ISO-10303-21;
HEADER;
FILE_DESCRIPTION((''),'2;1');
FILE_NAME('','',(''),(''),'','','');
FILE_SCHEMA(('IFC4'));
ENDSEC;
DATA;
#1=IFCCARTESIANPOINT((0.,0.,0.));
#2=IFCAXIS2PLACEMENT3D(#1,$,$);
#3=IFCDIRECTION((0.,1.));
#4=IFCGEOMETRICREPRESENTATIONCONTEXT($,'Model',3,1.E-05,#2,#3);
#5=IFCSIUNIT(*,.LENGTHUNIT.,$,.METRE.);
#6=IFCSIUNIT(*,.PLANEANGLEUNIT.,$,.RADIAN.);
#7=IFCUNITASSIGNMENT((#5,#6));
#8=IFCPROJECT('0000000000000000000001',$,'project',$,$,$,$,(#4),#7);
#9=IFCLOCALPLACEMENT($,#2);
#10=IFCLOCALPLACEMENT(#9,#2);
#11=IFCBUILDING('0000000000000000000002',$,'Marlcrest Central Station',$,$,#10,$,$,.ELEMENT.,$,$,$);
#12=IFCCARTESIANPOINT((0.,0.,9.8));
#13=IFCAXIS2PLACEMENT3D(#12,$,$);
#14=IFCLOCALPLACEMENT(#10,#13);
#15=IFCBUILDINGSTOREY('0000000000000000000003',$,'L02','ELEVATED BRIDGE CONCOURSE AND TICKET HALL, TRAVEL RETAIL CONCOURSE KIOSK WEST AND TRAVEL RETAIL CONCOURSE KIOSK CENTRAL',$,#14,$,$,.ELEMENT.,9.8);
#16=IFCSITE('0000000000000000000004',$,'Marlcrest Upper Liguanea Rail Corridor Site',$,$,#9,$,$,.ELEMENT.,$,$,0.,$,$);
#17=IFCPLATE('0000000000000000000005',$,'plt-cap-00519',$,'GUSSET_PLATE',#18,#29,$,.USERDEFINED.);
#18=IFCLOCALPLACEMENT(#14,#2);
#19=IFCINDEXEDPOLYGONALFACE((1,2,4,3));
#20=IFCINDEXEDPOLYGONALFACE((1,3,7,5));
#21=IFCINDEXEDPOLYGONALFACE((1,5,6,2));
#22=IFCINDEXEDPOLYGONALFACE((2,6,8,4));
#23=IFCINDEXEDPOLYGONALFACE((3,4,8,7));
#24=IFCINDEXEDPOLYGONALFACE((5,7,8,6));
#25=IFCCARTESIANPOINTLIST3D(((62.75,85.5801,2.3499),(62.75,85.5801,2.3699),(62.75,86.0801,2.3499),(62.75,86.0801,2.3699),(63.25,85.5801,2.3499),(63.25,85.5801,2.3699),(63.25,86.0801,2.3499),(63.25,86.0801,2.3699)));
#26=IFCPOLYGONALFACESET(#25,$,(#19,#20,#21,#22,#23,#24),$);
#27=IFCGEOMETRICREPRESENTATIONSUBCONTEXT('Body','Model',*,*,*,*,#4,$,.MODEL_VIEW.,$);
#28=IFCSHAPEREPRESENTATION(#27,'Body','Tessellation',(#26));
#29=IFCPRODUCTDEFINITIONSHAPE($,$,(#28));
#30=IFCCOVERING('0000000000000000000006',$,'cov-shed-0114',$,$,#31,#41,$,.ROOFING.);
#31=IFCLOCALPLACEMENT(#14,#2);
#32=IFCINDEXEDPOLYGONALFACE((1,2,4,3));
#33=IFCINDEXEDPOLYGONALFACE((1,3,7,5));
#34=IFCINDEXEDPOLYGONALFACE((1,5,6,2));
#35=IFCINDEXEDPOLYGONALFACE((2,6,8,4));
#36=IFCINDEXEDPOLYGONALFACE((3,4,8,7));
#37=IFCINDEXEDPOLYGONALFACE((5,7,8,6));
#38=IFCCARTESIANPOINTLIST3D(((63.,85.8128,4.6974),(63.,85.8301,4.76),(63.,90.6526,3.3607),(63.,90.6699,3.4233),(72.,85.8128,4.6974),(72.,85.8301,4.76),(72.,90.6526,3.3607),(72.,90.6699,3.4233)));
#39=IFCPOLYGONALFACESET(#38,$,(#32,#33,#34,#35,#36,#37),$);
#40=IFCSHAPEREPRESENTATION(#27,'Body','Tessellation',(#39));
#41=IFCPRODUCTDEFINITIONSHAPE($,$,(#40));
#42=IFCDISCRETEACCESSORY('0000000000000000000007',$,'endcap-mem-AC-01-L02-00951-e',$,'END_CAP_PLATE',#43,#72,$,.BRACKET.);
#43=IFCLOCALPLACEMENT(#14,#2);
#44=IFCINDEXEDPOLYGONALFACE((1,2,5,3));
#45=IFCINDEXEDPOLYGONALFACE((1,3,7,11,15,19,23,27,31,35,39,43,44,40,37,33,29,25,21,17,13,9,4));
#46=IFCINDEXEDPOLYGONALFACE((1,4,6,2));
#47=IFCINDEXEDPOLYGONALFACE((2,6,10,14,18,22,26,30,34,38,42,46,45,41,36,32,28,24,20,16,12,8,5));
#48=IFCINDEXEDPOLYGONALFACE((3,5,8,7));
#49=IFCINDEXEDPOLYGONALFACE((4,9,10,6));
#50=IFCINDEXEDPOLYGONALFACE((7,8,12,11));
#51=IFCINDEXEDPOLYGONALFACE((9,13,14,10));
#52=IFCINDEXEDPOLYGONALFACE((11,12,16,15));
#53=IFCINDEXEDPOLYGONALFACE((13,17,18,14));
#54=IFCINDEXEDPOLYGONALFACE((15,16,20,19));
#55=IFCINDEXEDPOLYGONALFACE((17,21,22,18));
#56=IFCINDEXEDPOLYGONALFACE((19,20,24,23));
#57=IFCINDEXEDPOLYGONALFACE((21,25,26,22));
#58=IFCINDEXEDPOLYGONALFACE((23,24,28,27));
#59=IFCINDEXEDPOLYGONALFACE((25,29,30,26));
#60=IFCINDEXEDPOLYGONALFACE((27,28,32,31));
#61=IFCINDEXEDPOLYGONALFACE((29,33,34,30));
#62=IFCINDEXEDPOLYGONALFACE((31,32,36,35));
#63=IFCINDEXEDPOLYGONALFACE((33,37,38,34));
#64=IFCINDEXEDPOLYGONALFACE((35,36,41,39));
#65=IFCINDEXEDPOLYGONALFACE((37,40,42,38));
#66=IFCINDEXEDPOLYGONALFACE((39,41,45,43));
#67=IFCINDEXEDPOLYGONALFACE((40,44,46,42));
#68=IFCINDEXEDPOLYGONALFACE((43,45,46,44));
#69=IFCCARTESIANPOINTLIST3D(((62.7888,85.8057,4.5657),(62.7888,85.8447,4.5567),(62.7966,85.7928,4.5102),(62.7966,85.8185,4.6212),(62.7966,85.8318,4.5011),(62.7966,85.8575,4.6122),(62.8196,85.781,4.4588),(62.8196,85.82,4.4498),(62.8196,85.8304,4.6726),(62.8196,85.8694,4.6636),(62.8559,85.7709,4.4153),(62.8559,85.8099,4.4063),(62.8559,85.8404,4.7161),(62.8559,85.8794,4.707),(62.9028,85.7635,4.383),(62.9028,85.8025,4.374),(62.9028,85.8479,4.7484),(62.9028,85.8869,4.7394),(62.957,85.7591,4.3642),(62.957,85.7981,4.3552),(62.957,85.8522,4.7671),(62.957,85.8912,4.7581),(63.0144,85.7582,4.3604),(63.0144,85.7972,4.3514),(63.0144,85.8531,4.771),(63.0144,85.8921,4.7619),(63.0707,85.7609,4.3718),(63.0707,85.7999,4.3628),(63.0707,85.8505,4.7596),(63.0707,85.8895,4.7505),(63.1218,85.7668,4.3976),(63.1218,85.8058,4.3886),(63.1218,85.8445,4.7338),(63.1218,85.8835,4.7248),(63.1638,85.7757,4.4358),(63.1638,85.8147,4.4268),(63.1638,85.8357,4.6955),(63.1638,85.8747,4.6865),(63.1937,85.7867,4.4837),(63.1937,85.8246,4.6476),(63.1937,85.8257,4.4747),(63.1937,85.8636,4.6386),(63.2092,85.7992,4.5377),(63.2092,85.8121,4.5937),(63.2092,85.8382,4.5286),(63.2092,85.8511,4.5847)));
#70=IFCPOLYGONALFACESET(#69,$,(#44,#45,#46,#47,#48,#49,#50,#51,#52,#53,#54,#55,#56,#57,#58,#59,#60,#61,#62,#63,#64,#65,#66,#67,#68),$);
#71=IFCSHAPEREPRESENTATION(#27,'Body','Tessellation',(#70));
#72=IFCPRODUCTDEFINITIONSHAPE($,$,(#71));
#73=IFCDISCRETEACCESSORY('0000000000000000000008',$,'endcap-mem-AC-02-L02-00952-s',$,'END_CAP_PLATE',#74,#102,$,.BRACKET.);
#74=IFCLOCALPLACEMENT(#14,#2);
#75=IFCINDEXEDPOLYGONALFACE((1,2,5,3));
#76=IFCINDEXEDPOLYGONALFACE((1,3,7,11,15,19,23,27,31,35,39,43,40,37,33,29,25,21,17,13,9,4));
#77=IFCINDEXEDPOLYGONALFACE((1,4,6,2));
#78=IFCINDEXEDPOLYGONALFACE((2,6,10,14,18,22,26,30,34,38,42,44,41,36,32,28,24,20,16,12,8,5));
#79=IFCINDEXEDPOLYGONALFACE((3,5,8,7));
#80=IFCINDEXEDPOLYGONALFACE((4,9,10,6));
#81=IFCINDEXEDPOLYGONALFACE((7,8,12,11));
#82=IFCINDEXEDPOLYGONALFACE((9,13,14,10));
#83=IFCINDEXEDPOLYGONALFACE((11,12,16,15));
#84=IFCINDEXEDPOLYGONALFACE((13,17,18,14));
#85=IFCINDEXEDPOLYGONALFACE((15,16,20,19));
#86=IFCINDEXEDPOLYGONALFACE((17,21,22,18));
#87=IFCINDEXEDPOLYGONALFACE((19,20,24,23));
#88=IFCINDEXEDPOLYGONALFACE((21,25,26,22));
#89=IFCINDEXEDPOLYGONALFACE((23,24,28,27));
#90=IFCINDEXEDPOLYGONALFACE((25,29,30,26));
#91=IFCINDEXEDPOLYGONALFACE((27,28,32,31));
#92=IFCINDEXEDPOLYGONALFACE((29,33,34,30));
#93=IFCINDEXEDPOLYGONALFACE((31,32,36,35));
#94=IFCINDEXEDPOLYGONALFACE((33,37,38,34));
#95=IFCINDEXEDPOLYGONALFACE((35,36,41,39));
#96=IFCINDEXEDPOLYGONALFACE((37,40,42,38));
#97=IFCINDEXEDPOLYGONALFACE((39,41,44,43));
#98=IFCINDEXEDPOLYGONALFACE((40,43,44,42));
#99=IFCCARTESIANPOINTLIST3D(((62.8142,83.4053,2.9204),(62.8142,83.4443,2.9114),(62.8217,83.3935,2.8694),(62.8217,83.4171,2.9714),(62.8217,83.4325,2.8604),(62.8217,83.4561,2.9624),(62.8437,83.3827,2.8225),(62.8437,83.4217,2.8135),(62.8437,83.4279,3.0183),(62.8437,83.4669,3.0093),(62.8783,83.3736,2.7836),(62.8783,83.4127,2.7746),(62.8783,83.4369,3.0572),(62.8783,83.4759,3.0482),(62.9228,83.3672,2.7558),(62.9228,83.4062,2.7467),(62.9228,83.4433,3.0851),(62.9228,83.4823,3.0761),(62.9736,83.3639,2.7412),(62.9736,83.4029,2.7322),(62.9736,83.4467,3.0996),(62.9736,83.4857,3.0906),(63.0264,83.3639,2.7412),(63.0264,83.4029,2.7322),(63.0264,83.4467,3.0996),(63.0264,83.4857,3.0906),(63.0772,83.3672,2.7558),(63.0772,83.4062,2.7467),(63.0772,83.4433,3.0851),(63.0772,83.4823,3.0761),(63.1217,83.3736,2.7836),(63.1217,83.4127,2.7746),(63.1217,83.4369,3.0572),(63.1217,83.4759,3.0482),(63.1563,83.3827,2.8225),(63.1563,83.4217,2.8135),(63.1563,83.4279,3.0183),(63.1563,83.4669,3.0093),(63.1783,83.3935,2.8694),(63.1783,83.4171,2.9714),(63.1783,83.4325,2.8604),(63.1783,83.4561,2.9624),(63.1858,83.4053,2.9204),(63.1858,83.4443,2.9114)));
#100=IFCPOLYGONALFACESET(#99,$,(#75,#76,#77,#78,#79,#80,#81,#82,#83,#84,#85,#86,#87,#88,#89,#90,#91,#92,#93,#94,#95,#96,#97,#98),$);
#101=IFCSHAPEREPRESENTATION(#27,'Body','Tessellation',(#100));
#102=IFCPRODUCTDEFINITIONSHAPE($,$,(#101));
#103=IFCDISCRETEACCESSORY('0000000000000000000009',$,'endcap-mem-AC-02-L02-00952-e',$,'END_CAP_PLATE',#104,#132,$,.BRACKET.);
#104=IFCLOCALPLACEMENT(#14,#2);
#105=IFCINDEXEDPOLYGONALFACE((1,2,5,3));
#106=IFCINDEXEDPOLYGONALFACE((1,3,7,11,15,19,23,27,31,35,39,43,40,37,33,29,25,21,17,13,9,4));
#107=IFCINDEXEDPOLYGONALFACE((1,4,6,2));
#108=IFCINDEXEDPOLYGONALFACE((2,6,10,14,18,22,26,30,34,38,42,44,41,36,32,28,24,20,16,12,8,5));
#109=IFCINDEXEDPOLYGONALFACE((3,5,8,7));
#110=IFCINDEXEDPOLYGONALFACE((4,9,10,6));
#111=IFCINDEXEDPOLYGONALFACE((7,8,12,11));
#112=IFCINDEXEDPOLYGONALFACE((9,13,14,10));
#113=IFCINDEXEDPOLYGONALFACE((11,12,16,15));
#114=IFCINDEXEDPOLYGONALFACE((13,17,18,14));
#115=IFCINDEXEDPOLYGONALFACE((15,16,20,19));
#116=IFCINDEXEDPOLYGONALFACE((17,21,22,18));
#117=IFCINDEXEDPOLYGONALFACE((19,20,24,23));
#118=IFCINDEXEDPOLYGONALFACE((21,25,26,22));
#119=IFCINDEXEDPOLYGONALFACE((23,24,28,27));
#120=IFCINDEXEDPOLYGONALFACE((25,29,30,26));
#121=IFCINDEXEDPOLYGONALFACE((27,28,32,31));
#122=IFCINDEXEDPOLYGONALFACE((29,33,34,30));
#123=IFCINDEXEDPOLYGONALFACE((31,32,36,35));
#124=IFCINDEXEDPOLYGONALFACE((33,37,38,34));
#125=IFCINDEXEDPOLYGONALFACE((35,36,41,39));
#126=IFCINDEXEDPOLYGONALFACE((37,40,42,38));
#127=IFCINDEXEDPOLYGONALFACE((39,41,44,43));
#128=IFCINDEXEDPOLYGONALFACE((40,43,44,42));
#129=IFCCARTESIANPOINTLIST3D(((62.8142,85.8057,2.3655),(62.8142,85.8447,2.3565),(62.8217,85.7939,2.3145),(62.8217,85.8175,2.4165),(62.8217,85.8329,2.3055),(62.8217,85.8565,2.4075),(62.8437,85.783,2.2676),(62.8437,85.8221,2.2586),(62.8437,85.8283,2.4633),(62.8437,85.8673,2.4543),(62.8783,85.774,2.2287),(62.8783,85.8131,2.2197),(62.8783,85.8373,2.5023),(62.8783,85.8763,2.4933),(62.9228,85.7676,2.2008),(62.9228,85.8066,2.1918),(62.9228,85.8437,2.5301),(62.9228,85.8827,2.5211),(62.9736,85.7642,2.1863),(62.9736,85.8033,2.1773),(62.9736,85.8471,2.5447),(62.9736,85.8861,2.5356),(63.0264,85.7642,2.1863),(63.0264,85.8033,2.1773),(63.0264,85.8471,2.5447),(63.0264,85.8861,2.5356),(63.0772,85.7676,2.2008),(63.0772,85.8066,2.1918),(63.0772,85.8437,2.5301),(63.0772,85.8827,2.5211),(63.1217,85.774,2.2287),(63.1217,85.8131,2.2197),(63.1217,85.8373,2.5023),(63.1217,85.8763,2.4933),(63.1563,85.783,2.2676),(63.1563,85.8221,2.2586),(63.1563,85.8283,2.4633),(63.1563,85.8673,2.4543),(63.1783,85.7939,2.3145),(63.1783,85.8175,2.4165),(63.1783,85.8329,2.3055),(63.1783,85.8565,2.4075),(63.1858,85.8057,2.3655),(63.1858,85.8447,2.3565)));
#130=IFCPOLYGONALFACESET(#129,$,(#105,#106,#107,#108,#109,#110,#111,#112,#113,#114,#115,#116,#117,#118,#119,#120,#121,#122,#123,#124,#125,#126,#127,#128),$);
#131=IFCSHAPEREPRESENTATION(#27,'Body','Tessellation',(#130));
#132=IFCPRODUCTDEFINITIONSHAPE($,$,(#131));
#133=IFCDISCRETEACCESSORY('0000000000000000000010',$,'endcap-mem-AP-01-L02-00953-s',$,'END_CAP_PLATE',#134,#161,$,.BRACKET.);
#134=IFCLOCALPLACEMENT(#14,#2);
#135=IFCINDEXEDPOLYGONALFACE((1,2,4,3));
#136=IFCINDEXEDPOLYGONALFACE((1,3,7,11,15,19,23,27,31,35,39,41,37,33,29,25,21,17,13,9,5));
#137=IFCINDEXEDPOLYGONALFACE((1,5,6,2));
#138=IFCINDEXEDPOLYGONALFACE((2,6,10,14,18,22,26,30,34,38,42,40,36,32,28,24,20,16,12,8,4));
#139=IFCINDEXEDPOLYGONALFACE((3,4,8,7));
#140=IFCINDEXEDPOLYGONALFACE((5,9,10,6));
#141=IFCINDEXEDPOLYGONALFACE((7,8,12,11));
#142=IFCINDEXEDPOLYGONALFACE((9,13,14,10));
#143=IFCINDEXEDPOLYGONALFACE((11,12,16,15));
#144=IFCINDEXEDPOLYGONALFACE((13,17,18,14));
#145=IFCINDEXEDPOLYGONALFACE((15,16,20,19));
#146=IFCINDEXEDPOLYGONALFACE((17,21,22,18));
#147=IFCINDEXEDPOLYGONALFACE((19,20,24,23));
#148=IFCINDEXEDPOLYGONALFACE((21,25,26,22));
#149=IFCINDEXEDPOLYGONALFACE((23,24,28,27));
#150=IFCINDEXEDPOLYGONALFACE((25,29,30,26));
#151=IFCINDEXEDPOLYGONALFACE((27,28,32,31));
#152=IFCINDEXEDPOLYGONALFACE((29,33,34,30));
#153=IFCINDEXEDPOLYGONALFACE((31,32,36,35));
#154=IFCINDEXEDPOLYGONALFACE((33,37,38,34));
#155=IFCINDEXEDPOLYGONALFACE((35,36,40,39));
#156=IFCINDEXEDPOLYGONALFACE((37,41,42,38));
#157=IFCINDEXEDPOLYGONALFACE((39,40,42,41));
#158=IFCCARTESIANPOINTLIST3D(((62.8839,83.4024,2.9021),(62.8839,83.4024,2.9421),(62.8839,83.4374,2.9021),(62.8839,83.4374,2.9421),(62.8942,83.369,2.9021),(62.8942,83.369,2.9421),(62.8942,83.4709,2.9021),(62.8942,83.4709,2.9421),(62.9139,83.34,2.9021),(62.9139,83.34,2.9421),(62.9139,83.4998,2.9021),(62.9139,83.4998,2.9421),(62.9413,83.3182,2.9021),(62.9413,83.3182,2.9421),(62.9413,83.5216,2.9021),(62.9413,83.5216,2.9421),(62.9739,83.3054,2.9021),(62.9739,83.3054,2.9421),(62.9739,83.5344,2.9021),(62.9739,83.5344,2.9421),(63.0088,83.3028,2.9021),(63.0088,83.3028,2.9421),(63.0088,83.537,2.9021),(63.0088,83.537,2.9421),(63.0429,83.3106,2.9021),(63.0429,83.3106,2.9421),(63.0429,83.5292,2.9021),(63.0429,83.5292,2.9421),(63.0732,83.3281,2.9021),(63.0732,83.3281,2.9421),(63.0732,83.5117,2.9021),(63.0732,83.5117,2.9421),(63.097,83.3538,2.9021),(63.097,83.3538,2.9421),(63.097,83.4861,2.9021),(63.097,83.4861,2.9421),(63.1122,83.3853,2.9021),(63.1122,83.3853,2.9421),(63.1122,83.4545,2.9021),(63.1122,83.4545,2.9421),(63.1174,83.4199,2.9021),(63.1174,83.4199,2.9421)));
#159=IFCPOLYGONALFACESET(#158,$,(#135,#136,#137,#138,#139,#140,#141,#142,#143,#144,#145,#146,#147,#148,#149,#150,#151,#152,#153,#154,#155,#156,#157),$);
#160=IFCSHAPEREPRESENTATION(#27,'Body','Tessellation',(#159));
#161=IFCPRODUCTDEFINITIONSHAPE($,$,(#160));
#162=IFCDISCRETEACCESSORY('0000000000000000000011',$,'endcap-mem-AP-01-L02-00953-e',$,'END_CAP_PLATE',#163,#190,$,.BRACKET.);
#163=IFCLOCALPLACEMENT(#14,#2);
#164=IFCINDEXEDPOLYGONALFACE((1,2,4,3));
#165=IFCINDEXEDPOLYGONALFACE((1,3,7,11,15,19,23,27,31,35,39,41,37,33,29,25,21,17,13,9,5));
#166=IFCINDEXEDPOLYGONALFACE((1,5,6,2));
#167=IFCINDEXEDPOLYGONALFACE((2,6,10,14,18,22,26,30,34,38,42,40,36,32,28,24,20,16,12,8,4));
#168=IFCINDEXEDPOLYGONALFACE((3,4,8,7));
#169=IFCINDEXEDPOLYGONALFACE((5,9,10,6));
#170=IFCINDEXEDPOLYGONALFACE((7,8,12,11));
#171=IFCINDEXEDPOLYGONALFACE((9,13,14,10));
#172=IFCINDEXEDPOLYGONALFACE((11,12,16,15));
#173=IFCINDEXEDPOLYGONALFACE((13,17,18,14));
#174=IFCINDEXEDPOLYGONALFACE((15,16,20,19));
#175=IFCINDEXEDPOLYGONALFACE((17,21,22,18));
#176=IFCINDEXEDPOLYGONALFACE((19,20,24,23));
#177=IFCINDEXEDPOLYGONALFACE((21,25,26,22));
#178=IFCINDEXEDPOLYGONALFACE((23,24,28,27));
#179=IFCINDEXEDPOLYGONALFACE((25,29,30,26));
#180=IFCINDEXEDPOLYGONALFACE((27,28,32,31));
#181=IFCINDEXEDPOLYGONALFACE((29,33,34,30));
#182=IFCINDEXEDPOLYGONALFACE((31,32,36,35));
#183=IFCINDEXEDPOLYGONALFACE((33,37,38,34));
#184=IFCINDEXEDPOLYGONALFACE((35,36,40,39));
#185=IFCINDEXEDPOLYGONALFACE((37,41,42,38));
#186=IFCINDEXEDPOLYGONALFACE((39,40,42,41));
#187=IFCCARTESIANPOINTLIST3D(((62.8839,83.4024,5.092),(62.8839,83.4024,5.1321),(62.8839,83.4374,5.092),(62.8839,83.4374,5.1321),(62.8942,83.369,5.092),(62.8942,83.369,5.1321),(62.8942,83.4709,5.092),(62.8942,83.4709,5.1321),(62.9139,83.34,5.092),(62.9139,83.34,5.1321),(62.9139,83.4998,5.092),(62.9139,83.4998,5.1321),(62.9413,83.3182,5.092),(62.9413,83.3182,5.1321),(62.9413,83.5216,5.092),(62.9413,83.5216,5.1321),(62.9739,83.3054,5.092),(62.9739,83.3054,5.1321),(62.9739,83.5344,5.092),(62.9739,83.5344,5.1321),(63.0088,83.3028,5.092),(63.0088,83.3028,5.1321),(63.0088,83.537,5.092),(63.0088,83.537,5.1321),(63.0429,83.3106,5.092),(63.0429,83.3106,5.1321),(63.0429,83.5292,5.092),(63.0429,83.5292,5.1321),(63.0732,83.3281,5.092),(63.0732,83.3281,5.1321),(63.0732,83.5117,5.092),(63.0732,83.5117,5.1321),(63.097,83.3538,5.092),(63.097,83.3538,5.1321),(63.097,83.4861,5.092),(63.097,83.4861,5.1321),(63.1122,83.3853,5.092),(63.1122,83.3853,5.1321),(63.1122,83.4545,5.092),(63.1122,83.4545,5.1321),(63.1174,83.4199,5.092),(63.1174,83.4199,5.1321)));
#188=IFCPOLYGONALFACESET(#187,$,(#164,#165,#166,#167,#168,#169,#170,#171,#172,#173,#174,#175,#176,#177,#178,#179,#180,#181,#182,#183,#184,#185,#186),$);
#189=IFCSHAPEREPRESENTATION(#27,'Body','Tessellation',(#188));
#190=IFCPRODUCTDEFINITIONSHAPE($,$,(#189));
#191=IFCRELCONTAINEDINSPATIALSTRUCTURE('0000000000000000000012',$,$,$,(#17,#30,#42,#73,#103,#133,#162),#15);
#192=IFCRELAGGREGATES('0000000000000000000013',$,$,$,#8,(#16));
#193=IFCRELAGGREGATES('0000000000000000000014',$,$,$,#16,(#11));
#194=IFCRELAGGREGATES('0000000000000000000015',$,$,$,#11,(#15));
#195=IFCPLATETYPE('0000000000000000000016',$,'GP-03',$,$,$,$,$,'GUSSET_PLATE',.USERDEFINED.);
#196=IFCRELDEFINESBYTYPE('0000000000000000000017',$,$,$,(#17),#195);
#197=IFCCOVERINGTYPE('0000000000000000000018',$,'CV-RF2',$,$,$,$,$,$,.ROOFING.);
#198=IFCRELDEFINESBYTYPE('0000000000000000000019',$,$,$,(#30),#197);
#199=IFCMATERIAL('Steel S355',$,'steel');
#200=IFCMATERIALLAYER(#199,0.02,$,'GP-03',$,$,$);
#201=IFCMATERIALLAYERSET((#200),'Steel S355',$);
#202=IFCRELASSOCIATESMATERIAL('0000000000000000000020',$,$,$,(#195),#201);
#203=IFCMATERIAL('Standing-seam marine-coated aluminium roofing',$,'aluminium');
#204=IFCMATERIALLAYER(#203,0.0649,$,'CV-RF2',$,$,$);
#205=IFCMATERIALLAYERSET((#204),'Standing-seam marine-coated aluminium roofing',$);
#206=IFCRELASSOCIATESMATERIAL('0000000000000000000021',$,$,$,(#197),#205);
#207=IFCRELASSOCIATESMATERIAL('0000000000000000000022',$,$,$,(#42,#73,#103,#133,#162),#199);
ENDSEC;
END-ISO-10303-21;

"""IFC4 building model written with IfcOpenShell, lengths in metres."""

from ifc_helpers import new_model, si_unit, direction, frame, origin, origin_2d, place, context, subcontext, project, spatial, polyline, rectangle, circle, outline, extrude, material, layer, layer_set, type_object, element, save


model = new_model("IFC4")

# Units and contexts
model_context = context("Model", 3, precision=1e-05, world=origin(), true_north=direction((0.0, 1.0)))
body_context = subcontext(model_context, "Body", "Model", "MODEL_VIEW")
ifc_project = project(units=[si_unit("LENGTHUNIT", "METRE"), si_unit("PLANEANGLEUNIT", "RADIAN")], contexts=[model_context])

# Site, building, storey
site_placement = place(None, origin())
site = spatial("IfcSite", under=ifc_project, at=site_placement, Name="Marlcrest Upper Liguanea Rail Corridor Site", CompositionType="ELEMENT", RefElevation=0.0)
building_placement = place(site_placement, origin())
building = spatial("IfcBuilding", under=site, at=building_placement, Name="Marlcrest Central Station", CompositionType="ELEMENT")
storey_placement = place(building_placement, frame((0.0, 0.0, 9.8)))
storey = spatial("IfcBuildingStorey", under=building, at=storey_placement, Name="L02", Description="ELEVATED BRIDGE CONCOURSE AND TICKET HALL, TRAVEL RETAIL CONCOURSE KIOSK WEST AND TRAVEL RETAIL CONCOURSE KIOSK CENTRAL", CompositionType="ELEMENT", Elevation=9.8)

# Shared definitions
ifc_material_1 = material(Name="Steel S355", Category="steel")

# Plate
ifc_layer_1 = layer(ifc_material_1, 0.02, Name="GP-03")
ifc_layer_set_1 = layer_set([ifc_layer_1], Name="Steel S355")
plate_type = type_object("IfcPlateType", Name="GP-03", ElementType="GUSSET_PLATE", PredefinedType="USERDEFINED", material=ifc_layer_set_1)
for number, where, z_axis, x_axis, name in (
    (1, (63.0, 85.8301, 2.3499), (0.0, 0.0, 1.0), (1.0, 0.0, 0.0), "plt-cap-00519"),
):
    element("IfcPlate", number, at=place(storey_placement, frame(where, z_axis=z_axis, x_axis=x_axis)), inside=storey, type_object=plate_type, Name=name, ObjectType="GUSSET_PLATE", PredefinedType="USERDEFINED", context=body_context, shape_type="SweptSolid", body=[
        extrude(rectangle(XDim=0.5, YDim=0.5, at=origin_2d()), origin(), (0.0, 0.0, 1.0), 0.02),
    ])

# Covering
ifc_material_2 = material(Name="Standing-seam marine-coated aluminium roofing", Category="aluminium")
ifc_layer_2 = layer(ifc_material_2, 0.0649, Name="CV-RF2")
ifc_layer_set_2 = layer_set([ifc_layer_2], Name="Standing-seam marine-coated aluminium roofing")
covering_type = type_object("IfcCoveringType", Name="CV-RF2", PredefinedType="ROOFING", material=ifc_layer_set_2)
covering_placement = place(storey_placement, frame((63.0, 85.8301, 4.76), z_axis=(0.0, 0.266214, 0.963914), x_axis=(1.0, 0.0, 0.0)))
element("IfcCovering", 2, at=covering_placement, inside=storey, type_object=covering_type, Name="cov-shed-0114", PredefinedType="ROOFING", context=body_context, shape_type="SweptSolid", body=[
    extrude(outline(polyline([(0.0, 0.0), (9.0, 0.0), (9.0, 5.021), (0.0, 5.021), (0.0, 0.0)])), origin(), (0.0, 0.0, -1.0), 0.0649),
])

# Discrete accessories
discrete_accessory_1_placement = place(storey_placement, frame((63.0, 85.8057, 4.5657), z_axis=(0.0, 0.97433, -0.225126), x_axis=(-1.0, 0.0, 0.0)))
element("IfcDiscreteAccessory", 3, at=discrete_accessory_1_placement, inside=storey, material=ifc_material_1, Name="endcap-mem-AC-01-L02-00951-e", ObjectType="END_CAP_PLATE", PredefinedType="BRACKET", context=body_context, shape_type="SweptSolid", body=[
    extrude(circle(Radius=0.2112, at=origin_2d()), origin(), (0.0, 0.0, 1.0), 0.04),
])
for number, where, z_axis, x_axis, name in (
    (4, (63.0, 83.4053, 2.9204), (0.0, 0.974308, -0.22522), (-1.0, 0.0, 0.0), "endcap-mem-AC-02-L02-00952-s"),
    (5, (63.0, 85.8057, 2.3655), (0.0, 0.974308, -0.22522), (-1.0, 0.0, 0.0), "endcap-mem-AC-02-L02-00952-e"),
):
    element("IfcDiscreteAccessory", number, at=place(storey_placement, frame(where, z_axis=z_axis, x_axis=x_axis)), inside=storey, material=ifc_material_1, Name=name, ObjectType="END_CAP_PLATE", PredefinedType="BRACKET", context=body_context, shape_type="SweptSolid", body=[
        extrude(circle(Radius=0.1858, at=origin_2d()), origin(), (0.0, 0.0, 1.0), 0.04),
    ])
for number, where, z_axis, x_axis, name in (
    (6, (63.0, 83.4199, 2.9021), (0.0, 0.0, 1.0), (1.0, 0.0, 0.0), "endcap-mem-AP-01-L02-00953-s"),
    (7, (63.0, 83.4199, 5.092), (0.0, 0.0, 1.0), (1.0, 0.0, 0.0), "endcap-mem-AP-01-L02-00953-e"),
):
    element("IfcDiscreteAccessory", number, at=place(storey_placement, frame(where, z_axis=z_axis, x_axis=x_axis)), inside=storey, material=ifc_material_1, Name=name, ObjectType="END_CAP_PLATE", PredefinedType="BRACKET", context=body_context, shape_type="SweptSolid", body=[
        extrude(circle(Radius=0.1174, at=origin_2d()), origin(), (0.0, 0.0, 1.0), 0.04),
    ])

save(model, "model.ifc")
